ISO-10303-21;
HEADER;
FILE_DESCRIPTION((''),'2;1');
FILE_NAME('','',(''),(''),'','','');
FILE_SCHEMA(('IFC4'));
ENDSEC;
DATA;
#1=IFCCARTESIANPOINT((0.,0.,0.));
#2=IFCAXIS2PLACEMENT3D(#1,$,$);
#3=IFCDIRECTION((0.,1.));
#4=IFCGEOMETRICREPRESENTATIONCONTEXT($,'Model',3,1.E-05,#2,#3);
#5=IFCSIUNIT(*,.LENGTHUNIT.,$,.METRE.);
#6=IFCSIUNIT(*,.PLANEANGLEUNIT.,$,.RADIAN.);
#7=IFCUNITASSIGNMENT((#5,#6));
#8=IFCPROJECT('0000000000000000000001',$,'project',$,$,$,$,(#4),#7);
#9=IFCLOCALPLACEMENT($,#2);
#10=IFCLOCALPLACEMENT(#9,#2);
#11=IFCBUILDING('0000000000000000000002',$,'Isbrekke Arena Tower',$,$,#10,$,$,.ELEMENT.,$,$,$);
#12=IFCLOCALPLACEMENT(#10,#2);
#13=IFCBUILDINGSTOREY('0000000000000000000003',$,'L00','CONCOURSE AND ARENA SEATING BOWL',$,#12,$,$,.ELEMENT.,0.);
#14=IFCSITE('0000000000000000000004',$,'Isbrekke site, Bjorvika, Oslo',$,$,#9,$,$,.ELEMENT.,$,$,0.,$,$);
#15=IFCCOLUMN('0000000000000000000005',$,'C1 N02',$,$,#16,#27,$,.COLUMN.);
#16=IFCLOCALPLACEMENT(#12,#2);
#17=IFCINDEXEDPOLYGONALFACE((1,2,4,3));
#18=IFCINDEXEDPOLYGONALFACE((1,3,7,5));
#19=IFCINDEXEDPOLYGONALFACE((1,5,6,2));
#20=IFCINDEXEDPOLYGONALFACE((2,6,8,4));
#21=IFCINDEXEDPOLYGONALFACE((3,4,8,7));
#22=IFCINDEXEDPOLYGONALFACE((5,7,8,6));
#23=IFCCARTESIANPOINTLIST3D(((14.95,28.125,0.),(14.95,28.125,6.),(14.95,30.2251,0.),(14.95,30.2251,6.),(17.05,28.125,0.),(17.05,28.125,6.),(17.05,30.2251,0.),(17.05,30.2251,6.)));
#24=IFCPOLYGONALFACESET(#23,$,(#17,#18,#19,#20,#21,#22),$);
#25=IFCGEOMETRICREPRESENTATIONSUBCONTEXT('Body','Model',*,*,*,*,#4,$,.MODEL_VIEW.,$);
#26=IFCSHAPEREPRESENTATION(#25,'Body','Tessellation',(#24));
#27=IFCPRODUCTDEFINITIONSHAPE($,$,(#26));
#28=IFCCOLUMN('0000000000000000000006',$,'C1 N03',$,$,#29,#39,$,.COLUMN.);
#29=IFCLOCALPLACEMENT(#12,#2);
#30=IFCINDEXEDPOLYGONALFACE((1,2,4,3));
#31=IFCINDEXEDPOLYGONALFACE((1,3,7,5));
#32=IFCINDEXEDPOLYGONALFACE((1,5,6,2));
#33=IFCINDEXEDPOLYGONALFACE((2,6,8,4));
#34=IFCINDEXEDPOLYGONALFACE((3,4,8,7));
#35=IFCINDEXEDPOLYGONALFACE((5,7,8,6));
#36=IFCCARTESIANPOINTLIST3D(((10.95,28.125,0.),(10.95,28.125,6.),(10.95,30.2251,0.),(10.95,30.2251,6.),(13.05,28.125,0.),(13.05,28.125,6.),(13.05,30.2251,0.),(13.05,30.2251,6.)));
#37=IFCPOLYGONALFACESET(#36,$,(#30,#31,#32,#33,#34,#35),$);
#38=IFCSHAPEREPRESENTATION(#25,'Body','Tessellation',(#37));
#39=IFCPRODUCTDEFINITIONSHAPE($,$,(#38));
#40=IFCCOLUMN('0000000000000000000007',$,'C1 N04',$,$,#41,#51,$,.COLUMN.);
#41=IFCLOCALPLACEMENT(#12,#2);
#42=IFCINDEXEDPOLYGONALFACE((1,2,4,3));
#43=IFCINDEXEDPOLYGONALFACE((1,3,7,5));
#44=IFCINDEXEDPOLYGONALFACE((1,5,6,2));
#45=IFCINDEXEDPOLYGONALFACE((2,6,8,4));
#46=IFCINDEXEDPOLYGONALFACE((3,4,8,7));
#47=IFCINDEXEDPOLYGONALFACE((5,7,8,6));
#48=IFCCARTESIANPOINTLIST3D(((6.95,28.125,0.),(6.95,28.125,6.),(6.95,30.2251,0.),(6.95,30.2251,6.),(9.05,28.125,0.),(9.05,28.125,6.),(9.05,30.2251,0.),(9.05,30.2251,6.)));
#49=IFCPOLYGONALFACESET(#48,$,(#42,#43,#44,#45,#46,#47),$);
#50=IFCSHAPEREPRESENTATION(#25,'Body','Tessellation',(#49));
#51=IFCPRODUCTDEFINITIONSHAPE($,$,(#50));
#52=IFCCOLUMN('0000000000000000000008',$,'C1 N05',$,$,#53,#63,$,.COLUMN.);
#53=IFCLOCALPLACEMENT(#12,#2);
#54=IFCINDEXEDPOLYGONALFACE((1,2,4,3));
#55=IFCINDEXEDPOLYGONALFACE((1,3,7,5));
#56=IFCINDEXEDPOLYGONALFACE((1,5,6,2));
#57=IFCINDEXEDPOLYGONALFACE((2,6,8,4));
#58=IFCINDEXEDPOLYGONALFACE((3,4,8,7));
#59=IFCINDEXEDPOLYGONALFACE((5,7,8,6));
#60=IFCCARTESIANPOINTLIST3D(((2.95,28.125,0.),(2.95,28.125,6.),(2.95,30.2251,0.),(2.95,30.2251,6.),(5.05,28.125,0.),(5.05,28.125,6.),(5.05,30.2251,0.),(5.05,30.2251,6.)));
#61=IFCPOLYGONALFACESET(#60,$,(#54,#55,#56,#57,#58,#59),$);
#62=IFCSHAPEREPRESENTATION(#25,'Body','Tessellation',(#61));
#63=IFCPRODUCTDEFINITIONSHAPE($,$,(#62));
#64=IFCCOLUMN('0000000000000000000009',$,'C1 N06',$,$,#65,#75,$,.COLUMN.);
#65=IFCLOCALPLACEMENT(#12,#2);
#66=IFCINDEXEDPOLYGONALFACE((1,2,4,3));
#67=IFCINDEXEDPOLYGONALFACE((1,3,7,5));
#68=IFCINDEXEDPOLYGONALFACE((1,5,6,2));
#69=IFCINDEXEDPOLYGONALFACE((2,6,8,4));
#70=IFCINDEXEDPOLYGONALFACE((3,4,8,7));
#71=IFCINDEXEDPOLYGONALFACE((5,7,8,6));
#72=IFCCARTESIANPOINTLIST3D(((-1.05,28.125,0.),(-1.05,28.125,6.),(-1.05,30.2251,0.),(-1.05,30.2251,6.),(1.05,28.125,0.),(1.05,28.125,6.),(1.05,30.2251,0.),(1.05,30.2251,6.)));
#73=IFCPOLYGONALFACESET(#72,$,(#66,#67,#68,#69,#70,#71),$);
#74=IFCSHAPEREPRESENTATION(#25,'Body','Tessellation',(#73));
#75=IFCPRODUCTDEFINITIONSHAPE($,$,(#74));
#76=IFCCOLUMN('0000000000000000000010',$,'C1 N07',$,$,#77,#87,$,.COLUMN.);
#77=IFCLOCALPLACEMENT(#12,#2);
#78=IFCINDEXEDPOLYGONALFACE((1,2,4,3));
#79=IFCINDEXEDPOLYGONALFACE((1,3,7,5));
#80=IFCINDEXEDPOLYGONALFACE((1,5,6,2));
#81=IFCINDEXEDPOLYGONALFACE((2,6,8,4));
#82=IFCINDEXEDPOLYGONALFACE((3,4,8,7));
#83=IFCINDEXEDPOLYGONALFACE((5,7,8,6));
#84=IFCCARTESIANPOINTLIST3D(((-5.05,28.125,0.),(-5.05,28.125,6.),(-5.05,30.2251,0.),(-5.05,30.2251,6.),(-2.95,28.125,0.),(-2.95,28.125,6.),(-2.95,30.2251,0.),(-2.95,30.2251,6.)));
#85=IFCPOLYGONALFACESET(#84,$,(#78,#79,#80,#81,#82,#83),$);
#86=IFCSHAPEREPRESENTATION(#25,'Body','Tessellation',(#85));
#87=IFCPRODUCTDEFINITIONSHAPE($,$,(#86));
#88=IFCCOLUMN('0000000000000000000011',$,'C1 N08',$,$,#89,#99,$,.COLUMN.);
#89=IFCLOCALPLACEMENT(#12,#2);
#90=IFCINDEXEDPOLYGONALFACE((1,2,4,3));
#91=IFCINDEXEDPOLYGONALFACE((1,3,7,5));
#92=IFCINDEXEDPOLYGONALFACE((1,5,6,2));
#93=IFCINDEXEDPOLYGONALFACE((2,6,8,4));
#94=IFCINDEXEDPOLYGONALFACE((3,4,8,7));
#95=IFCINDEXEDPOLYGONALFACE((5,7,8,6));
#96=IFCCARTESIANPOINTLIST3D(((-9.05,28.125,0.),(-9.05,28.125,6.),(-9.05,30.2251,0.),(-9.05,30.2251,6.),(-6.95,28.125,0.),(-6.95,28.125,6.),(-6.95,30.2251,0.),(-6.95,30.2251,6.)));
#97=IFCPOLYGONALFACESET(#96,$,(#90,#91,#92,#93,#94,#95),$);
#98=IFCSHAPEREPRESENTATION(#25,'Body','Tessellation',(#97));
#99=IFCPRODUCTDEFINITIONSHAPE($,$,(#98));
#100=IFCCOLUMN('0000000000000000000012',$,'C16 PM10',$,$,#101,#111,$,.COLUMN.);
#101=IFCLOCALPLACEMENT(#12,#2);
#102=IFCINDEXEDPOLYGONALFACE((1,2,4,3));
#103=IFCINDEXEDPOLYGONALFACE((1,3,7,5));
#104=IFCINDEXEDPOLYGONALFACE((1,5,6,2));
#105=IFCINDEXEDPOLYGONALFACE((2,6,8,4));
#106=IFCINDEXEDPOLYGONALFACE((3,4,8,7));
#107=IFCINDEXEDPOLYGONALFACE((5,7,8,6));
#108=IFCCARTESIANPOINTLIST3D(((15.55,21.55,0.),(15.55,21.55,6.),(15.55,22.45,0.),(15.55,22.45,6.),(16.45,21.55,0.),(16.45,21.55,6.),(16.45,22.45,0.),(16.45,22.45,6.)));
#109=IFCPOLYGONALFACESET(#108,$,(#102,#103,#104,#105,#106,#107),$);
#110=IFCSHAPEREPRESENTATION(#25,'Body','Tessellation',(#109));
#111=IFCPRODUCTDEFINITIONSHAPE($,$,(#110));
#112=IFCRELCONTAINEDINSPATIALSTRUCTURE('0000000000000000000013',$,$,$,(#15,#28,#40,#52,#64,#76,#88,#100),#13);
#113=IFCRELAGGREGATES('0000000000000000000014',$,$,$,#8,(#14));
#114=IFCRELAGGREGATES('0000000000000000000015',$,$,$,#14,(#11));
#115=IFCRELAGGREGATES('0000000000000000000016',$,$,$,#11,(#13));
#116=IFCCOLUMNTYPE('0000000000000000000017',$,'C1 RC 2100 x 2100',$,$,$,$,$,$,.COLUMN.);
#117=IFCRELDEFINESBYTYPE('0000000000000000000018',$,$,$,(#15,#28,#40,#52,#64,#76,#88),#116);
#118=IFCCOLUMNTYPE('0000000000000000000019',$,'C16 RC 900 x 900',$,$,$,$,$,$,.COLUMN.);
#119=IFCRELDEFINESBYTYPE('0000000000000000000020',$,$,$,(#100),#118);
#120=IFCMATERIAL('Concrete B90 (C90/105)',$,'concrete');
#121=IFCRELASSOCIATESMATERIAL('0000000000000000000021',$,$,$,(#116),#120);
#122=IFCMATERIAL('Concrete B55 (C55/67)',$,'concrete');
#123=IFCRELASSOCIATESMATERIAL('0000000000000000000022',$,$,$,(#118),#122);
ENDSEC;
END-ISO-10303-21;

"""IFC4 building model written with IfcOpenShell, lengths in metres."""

from ifc_helpers import new_model, si_unit, direction, frame, origin, origin_2d, place, context, subcontext, project, spatial, rectangle, extrude, material, material_profile, profile_set, type_object, element, save


model = new_model("IFC4")

# Units and contexts
model_context = context("Model", 3, precision=1e-05, world=origin(), true_north=direction((0.0, 1.0)))
body_context = subcontext(model_context, "Body", "Model", "MODEL_VIEW")
ifc_project = project(units=[si_unit("LENGTHUNIT", "METRE"), si_unit("PLANEANGLEUNIT", "RADIAN")], contexts=[model_context])

# Site, building, storey
site_placement = place(None, origin())
site = spatial("IfcSite", under=ifc_project, at=site_placement, Name="Isbrekke site, Bjorvika, Oslo", CompositionType="ELEMENT", RefElevation=0.0)
building_placement = place(site_placement, origin())
building = spatial("IfcBuilding", under=site, at=building_placement, Name="Isbrekke Arena Tower", CompositionType="ELEMENT")
storey_placement = place(building_placement, origin())
storey = spatial("IfcBuildingStorey", under=building, at=storey_placement, Name="L00", Description="CONCOURSE AND ARENA SEATING BOWL", CompositionType="ELEMENT", Elevation=0.0)

# Columns
ifc_material_1 = material(Name="Concrete B90 (C90/105)", Category="concrete")
ifc_material_profile_1 = material_profile(ifc_material_1, rectangle(XDim=2.1001, YDim=2.1001, at=origin_2d()), Name="RC 2100x2100")
ifc_profile_set_1 = profile_set([ifc_material_profile_1], Name="Concrete B90 (C90/105)")
column_type_1 = type_object("IfcColumnType", Name="C1 RC 2100 x 2100", PredefinedType="COLUMN", material=ifc_profile_set_1)
for number, where, z_axis, x_axis, name in (
    (1, (16.0, 29.175, 0.0), (0.0, 0.0, 1.0), (-1.0, 0.0, 0.0), "C1 N02"),
    (2, (12.0, 29.175, 0.0), (0.0, 0.0, 1.0), (-1.0, 0.0, 0.0), "C1 N03"),
    (3, (8.0, 29.175, 0.0), (0.0, 0.0, 1.0), (-1.0, 0.0, 0.0), "C1 N04"),
    (4, (4.0, 29.175, 0.0), (0.0, 0.0, 1.0), (-1.0, 0.0, 0.0), "C1 N05"),
    (5, (0.0, 29.175, 0.0), (0.0, 0.0, 1.0), (-1.0, 0.0, 0.0), "C1 N06"),
    (6, (-4.0, 29.175, 0.0), (0.0, 0.0, 1.0), (-1.0, 0.0, 0.0), "C1 N07"),
    (7, (-8.0, 29.175, 0.0), (0.0, 0.0, 1.0), (-1.0, 0.0, 0.0), "C1 N08"),
):
    element("IfcColumn", number, at=place(storey_placement, frame(where, z_axis=z_axis, x_axis=x_axis)), inside=storey, type_object=column_type_1, Name=name, PredefinedType="COLUMN", context=body_context, shape_type="SweptSolid", body=[
        extrude(rectangle(XDim=2.1001, YDim=2.1001, at=origin_2d()), origin(), (0.0, 0.0, 1.0), 6.0),
    ])
ifc_material_2 = material(Name="Concrete B55 (C55/67)", Category="concrete")
ifc_material_profile_2 = material_profile(ifc_material_2, rectangle(XDim=0.8999, YDim=0.8999, at=origin_2d()), Name="RC 900x900")
ifc_profile_set_2 = profile_set([ifc_material_profile_2], Name="Concrete B55 (C55/67)")
column_type_2 = type_object("IfcColumnType", Name="C16 RC 900 x 900", PredefinedType="COLUMN", material=ifc_profile_set_2)
column_placement = place(storey_placement, frame((16.0, 22.0, 0.0), z_axis=(0.0, 0.0, 1.0), x_axis=(1.0, 0.0, 0.0)))
element("IfcColumn", 8, at=column_placement, inside=storey, type_object=column_type_2, Name="C16 PM10", PredefinedType="COLUMN", context=body_context, shape_type="SweptSolid", body=[
    extrude(rectangle(XDim=0.8999, YDim=0.8999, at=origin_2d()), origin(), (0.0, 0.0, 1.0), 6.0),
])

save(model, "model.ifc")
